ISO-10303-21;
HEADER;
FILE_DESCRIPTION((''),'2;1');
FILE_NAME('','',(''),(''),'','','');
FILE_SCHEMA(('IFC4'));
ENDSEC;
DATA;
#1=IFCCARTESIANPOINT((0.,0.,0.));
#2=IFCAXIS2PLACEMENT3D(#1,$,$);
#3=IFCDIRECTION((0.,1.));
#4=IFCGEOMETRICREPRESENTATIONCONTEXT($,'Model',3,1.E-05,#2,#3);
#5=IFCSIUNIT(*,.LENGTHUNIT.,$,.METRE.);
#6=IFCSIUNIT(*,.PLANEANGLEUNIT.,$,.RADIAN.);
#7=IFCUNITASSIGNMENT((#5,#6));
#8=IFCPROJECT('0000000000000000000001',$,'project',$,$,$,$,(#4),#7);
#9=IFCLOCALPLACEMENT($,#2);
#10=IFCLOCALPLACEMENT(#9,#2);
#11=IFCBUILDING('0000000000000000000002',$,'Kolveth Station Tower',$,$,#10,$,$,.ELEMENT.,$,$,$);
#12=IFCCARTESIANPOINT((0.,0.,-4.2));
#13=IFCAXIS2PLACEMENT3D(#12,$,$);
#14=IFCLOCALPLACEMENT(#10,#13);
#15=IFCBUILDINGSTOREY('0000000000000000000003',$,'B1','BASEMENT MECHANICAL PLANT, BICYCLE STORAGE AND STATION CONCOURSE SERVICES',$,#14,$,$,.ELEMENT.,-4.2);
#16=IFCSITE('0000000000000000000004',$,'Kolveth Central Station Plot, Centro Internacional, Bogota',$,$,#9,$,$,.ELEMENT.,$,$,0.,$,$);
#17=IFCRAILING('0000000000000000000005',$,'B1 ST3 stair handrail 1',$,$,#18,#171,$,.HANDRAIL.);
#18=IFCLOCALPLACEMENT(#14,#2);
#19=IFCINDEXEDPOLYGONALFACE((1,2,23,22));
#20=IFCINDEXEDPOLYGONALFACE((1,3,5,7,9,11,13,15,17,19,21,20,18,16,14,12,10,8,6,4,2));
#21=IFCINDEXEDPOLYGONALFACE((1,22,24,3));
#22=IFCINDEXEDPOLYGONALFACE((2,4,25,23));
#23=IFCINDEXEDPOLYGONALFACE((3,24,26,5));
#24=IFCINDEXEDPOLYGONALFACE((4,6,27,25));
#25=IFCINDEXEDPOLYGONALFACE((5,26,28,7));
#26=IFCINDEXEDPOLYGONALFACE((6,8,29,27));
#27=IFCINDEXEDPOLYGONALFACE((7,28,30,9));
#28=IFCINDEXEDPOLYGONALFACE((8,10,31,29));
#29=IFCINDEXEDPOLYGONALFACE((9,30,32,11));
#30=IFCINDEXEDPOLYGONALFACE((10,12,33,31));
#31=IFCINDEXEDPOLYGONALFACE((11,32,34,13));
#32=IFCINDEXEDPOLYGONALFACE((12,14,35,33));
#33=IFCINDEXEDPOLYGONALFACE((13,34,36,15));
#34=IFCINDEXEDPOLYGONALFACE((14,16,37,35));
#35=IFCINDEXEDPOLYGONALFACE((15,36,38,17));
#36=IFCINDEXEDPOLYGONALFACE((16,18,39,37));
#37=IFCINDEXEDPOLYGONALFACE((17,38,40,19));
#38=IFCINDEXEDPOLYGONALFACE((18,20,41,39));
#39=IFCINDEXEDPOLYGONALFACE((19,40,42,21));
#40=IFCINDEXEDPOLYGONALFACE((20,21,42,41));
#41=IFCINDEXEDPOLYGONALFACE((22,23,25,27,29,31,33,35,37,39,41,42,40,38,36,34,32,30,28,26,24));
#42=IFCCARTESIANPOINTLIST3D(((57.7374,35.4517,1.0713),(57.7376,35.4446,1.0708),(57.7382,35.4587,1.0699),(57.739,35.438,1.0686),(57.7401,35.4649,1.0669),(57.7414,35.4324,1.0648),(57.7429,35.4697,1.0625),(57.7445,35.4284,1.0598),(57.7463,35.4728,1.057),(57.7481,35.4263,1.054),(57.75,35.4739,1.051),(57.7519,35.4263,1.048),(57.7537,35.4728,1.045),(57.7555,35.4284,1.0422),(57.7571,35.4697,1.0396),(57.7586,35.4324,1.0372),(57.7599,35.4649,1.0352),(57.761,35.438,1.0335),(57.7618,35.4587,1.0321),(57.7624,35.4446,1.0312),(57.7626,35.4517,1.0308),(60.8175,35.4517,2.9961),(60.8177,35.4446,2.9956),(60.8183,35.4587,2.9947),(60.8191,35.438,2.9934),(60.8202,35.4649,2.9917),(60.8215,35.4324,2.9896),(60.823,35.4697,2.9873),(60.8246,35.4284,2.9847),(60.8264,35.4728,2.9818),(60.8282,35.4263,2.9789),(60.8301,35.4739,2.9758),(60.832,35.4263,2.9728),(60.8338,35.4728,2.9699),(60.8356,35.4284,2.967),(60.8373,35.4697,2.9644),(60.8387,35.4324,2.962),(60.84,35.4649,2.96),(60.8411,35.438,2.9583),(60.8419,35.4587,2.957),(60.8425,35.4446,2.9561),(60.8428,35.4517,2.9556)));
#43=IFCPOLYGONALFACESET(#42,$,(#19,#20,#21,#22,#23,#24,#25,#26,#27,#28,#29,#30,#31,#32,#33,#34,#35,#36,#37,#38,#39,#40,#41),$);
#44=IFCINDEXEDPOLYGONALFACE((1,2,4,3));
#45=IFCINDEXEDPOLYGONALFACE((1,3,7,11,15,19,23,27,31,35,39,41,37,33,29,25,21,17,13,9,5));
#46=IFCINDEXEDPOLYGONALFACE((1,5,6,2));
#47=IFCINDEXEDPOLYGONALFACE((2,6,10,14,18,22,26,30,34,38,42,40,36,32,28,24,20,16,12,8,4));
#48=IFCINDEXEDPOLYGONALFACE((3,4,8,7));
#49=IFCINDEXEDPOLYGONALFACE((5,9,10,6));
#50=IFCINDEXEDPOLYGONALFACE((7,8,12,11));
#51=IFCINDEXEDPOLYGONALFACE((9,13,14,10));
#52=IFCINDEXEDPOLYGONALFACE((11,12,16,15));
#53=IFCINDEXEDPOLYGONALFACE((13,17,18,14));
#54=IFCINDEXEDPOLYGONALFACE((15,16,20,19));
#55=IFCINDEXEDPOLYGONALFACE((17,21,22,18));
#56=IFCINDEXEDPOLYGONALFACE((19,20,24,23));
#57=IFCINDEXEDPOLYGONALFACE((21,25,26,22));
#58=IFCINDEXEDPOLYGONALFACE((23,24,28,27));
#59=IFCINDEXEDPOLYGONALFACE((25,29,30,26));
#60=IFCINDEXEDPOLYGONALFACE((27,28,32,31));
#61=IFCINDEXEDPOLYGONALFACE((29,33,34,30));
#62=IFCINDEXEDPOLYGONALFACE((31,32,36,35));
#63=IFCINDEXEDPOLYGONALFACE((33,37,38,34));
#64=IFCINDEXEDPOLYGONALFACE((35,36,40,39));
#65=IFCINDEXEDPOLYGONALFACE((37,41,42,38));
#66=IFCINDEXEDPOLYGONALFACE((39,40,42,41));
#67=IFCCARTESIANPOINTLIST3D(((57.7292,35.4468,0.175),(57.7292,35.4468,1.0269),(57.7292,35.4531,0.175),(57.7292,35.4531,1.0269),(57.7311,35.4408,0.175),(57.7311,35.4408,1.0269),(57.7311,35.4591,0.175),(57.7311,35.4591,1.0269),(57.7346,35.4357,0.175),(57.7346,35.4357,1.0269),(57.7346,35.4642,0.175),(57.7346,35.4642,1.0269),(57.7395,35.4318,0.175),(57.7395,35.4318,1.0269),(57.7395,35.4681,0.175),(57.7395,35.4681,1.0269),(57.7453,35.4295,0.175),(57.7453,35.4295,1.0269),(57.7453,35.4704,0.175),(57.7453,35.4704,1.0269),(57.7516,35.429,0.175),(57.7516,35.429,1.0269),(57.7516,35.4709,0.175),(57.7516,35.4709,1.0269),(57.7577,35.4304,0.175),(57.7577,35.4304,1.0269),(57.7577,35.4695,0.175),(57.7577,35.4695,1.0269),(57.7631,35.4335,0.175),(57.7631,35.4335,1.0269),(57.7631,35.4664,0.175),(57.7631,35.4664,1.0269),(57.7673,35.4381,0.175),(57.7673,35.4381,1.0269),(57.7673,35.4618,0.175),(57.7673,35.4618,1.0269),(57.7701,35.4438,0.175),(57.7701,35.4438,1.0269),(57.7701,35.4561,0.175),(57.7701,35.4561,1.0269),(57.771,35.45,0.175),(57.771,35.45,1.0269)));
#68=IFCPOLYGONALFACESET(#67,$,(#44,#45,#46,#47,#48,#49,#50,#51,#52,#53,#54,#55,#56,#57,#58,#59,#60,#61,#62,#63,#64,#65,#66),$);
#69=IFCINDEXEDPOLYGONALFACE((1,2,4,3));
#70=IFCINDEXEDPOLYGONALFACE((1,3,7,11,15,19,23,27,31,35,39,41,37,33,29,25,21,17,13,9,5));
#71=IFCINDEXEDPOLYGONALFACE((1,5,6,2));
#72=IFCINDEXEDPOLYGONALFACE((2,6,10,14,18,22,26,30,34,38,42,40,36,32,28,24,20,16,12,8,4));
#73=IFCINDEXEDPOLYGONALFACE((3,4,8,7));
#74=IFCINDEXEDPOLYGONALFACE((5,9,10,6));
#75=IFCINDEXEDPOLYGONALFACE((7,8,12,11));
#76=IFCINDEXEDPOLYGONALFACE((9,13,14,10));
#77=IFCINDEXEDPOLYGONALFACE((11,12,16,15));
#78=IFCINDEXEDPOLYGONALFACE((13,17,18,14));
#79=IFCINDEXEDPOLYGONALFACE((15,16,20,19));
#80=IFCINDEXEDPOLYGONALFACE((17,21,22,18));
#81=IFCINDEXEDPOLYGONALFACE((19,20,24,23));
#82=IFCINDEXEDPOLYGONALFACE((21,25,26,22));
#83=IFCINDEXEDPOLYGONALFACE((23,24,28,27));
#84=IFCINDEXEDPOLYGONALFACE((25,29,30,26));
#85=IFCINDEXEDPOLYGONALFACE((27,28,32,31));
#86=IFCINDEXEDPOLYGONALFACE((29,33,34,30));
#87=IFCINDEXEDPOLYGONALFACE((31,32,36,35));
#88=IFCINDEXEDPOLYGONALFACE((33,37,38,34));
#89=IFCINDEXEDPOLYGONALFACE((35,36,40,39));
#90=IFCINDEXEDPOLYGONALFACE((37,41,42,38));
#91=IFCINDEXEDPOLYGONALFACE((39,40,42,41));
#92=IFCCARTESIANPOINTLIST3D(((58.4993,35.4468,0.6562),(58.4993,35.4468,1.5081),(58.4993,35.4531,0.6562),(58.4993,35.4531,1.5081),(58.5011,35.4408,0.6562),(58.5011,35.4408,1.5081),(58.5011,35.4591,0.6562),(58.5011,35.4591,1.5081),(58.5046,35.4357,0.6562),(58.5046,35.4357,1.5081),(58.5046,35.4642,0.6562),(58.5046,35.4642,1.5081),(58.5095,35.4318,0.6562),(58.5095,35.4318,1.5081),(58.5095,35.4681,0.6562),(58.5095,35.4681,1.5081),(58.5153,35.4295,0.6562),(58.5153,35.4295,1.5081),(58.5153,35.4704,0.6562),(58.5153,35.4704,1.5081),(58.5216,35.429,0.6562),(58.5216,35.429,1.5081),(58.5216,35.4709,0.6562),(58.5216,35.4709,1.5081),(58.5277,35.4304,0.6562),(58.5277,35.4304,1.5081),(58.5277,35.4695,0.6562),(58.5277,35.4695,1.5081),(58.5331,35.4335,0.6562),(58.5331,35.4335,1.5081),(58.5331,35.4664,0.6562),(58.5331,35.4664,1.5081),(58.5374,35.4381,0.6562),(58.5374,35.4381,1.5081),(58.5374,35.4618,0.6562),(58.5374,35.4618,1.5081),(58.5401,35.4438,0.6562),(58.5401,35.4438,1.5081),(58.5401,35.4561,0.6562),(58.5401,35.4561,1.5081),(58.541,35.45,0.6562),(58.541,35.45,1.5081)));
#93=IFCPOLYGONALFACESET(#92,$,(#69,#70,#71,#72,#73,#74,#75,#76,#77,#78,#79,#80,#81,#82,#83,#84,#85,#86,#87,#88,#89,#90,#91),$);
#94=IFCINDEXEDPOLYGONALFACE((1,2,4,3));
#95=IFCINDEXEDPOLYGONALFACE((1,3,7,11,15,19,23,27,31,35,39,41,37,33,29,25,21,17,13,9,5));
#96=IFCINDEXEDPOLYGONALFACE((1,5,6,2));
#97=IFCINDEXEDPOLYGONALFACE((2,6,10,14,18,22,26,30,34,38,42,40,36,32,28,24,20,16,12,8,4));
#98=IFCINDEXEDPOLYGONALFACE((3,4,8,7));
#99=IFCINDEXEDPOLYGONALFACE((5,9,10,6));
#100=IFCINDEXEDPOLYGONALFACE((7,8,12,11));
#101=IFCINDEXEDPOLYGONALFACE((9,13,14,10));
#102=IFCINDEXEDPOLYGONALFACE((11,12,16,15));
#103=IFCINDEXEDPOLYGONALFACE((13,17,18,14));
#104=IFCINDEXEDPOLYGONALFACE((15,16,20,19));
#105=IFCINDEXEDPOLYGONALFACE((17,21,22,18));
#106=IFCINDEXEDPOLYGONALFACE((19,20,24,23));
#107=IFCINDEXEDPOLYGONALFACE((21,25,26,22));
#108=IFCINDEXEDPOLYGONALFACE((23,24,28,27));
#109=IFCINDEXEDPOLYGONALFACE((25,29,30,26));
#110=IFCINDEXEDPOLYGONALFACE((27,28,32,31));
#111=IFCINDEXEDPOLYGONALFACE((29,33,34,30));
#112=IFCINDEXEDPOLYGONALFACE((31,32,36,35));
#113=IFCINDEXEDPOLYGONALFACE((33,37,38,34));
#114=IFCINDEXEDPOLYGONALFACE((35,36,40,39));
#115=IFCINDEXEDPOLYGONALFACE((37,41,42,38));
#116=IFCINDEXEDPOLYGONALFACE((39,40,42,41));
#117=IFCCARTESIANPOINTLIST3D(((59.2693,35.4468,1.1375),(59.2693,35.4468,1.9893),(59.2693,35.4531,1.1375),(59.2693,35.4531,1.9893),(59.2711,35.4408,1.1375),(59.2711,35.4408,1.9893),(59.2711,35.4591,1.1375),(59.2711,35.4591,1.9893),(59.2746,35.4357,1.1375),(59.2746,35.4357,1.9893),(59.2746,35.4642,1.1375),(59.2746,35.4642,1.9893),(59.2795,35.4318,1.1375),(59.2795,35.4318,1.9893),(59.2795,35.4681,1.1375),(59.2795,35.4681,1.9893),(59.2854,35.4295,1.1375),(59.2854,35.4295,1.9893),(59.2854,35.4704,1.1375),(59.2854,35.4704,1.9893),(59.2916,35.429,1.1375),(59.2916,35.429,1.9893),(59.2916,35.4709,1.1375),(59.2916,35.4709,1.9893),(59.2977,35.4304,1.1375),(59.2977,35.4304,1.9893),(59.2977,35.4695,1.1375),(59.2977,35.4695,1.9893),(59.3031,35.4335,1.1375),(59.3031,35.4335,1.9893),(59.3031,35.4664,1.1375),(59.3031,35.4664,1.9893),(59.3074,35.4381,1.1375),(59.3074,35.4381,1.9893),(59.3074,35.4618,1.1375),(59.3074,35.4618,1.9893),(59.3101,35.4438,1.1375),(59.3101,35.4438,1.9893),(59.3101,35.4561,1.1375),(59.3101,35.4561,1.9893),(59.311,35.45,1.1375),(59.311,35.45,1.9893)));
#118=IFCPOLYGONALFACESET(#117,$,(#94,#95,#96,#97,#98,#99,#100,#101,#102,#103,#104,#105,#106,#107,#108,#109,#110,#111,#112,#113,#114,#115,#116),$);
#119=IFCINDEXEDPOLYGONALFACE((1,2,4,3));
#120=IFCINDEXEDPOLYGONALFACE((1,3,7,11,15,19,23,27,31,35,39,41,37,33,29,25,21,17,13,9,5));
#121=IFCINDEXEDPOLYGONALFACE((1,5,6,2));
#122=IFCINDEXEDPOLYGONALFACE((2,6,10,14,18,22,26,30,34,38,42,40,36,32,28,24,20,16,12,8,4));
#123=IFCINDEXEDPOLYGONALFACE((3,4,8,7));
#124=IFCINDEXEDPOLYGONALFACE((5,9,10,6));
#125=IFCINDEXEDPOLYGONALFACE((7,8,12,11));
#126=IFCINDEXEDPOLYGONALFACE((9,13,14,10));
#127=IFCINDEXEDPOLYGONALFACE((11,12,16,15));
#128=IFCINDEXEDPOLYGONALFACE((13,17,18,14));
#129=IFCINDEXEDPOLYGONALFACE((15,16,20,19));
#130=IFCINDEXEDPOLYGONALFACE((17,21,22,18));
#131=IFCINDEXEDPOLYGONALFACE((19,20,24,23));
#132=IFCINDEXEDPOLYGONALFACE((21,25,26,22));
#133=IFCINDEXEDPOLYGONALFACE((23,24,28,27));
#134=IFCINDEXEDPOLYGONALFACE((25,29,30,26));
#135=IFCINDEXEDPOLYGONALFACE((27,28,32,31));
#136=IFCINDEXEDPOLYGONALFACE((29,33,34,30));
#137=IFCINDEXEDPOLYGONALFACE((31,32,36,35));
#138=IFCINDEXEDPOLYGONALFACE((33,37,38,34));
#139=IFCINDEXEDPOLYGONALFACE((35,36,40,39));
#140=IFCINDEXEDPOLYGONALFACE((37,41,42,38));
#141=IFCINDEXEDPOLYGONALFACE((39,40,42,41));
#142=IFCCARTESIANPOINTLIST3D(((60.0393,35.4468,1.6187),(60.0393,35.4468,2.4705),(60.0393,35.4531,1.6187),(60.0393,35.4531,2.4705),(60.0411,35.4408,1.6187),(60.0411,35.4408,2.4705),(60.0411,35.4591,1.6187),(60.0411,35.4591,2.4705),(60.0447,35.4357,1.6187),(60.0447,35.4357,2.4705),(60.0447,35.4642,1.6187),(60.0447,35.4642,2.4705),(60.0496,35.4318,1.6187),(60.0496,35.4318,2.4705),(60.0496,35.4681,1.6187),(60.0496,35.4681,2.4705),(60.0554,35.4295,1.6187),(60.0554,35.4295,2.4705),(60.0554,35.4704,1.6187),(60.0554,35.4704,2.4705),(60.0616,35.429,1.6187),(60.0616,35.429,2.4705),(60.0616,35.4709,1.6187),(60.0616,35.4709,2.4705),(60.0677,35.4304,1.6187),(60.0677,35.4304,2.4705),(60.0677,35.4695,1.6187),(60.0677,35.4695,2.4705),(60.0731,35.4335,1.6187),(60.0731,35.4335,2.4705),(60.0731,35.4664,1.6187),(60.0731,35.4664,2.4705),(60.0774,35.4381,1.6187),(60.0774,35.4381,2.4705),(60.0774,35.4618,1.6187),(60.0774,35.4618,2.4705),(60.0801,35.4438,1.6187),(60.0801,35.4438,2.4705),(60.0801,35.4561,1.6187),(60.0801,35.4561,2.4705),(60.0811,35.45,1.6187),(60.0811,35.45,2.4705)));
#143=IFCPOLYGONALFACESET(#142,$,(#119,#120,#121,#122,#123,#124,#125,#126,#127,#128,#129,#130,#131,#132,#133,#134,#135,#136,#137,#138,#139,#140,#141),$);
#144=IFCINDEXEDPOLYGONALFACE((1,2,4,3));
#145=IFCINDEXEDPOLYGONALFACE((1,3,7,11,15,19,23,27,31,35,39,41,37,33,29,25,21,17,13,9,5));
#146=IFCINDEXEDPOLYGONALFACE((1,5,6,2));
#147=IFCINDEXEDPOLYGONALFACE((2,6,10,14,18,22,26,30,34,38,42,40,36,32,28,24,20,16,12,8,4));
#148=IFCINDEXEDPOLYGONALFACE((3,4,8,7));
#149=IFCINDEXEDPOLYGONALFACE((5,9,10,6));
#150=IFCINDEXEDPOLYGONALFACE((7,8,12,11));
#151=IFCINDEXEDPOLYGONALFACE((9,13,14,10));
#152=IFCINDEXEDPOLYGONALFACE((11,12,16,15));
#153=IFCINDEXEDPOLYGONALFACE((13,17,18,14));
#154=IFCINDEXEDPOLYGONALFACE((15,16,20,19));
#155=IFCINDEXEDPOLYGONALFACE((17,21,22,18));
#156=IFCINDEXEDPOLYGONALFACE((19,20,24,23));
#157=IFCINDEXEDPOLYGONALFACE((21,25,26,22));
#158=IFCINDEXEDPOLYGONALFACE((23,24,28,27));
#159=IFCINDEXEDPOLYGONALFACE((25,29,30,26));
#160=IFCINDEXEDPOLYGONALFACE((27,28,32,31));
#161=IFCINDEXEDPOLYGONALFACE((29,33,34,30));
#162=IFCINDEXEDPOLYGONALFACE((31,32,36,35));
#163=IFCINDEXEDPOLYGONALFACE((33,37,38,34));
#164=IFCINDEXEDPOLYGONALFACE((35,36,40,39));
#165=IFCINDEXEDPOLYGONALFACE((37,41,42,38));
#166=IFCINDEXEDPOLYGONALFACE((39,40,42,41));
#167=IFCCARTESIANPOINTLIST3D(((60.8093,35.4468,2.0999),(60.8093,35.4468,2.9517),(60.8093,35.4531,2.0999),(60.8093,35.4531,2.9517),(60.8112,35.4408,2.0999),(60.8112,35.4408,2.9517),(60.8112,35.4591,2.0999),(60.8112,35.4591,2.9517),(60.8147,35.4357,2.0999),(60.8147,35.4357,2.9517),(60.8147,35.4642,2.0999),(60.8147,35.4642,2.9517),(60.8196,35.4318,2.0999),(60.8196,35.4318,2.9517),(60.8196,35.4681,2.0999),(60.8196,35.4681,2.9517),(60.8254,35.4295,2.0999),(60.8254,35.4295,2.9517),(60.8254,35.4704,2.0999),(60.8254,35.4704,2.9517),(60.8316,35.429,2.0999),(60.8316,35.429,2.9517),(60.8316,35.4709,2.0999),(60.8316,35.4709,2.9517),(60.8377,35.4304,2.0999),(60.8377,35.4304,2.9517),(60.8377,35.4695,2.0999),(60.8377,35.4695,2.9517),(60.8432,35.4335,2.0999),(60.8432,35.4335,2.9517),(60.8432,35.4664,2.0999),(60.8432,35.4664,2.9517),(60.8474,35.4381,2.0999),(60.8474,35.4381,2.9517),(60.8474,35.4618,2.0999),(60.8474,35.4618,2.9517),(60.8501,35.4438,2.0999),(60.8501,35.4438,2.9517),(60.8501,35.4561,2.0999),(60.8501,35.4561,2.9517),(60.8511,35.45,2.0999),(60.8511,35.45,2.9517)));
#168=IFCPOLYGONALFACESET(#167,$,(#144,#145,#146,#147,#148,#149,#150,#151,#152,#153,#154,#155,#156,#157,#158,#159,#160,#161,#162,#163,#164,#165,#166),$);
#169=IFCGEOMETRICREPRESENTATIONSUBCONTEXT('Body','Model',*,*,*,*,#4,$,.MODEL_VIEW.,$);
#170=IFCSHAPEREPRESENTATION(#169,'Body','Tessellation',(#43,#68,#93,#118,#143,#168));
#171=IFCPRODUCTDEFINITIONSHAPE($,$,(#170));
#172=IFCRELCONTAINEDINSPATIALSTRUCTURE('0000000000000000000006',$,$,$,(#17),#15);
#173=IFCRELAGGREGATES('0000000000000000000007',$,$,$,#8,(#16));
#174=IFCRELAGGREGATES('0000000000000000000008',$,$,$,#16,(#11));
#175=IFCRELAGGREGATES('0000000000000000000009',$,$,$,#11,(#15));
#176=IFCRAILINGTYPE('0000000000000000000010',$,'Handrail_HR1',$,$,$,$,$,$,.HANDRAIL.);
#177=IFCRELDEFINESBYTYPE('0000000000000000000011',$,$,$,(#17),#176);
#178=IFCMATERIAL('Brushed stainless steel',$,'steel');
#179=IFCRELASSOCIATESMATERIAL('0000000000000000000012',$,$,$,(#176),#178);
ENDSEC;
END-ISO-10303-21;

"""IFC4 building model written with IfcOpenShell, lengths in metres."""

from ifc_helpers import new_model, si_unit, direction, frame, origin, origin_2d, place, context, subcontext, project, spatial, circle, extrude, material, type_object, element, save


model = new_model("IFC4")

# Units and contexts
model_context = context("Model", 3, precision=1e-05, world=origin(), true_north=direction((0.0, 1.0)))
body_context = subcontext(model_context, "Body", "Model", "MODEL_VIEW")
ifc_project = project(units=[si_unit("LENGTHUNIT", "METRE"), si_unit("PLANEANGLEUNIT", "RADIAN")], contexts=[model_context])

# Site, building, storey
site_placement = place(None, origin())
site = spatial("IfcSite", under=ifc_project, at=site_placement, Name="Kolveth Central Station Plot, Centro Internacional, Bogota", CompositionType="ELEMENT", RefElevation=0.0)
building_placement = place(site_placement, origin())
building = spatial("IfcBuilding", under=site, at=building_placement, Name="Kolveth Station Tower", CompositionType="ELEMENT")
storey_placement = place(building_placement, frame((0.0, 0.0, -4.2)))
storey = spatial("IfcBuildingStorey", under=building, at=storey_placement, Name="B1", Description="BASEMENT MECHANICAL PLANT, BICYCLE STORAGE AND STATION CONCOURSE SERVICES", CompositionType="ELEMENT", Elevation=-4.2)

# Railing
ifc_material_1 = material(Name="Brushed stainless steel", Category="steel")
railing_type_1 = type_object("IfcRailingType", Name="Handrail_HR1", PredefinedType="HANDRAIL", material=ifc_material_1)
railing_1_placement = place(storey_placement, frame((57.75, 35.45, 0.175)))
element("IfcRailing", 1, at=railing_1_placement, inside=storey, type_object=railing_type_1, Name="B1 ST3 stair handrail 1", PredefinedType="HANDRAIL", context=body_context, shape_type="SweptSolid", body=[
    extrude(circle(Radius=0.0239, at=origin_2d()), frame((0.0, 0.0, 0.876), z_axis=(0.848029, 0.0, 0.529951), x_axis=(0.0, 1.0, 0.0)), (0.0, 0.0, 1.0), 3.6321),
    extrude(circle(Radius=0.021, at=origin_2d()), origin(), (0.0, 0.0, 1.0), 0.8518),
    extrude(circle(Radius=0.021, at=origin_2d()), frame((0.77, 0.0, 0.4812)), (0.0, 0.0, 1.0), 0.8518),
    extrude(circle(Radius=0.021, at=origin_2d()), frame((1.54, 0.0, 0.9624)), (0.0, 0.0, 1.0), 0.8518),
    extrude(circle(Radius=0.021, at=origin_2d()), frame((2.3101, 0.0, 1.4436)), (0.0, 0.0, 1.0), 0.8518),
    extrude(circle(Radius=0.021, at=origin_2d()), frame((3.0801, 0.0, 1.9248)), (0.0, 0.0, 1.0), 0.8518),
])

save(model, "model.ifc")
